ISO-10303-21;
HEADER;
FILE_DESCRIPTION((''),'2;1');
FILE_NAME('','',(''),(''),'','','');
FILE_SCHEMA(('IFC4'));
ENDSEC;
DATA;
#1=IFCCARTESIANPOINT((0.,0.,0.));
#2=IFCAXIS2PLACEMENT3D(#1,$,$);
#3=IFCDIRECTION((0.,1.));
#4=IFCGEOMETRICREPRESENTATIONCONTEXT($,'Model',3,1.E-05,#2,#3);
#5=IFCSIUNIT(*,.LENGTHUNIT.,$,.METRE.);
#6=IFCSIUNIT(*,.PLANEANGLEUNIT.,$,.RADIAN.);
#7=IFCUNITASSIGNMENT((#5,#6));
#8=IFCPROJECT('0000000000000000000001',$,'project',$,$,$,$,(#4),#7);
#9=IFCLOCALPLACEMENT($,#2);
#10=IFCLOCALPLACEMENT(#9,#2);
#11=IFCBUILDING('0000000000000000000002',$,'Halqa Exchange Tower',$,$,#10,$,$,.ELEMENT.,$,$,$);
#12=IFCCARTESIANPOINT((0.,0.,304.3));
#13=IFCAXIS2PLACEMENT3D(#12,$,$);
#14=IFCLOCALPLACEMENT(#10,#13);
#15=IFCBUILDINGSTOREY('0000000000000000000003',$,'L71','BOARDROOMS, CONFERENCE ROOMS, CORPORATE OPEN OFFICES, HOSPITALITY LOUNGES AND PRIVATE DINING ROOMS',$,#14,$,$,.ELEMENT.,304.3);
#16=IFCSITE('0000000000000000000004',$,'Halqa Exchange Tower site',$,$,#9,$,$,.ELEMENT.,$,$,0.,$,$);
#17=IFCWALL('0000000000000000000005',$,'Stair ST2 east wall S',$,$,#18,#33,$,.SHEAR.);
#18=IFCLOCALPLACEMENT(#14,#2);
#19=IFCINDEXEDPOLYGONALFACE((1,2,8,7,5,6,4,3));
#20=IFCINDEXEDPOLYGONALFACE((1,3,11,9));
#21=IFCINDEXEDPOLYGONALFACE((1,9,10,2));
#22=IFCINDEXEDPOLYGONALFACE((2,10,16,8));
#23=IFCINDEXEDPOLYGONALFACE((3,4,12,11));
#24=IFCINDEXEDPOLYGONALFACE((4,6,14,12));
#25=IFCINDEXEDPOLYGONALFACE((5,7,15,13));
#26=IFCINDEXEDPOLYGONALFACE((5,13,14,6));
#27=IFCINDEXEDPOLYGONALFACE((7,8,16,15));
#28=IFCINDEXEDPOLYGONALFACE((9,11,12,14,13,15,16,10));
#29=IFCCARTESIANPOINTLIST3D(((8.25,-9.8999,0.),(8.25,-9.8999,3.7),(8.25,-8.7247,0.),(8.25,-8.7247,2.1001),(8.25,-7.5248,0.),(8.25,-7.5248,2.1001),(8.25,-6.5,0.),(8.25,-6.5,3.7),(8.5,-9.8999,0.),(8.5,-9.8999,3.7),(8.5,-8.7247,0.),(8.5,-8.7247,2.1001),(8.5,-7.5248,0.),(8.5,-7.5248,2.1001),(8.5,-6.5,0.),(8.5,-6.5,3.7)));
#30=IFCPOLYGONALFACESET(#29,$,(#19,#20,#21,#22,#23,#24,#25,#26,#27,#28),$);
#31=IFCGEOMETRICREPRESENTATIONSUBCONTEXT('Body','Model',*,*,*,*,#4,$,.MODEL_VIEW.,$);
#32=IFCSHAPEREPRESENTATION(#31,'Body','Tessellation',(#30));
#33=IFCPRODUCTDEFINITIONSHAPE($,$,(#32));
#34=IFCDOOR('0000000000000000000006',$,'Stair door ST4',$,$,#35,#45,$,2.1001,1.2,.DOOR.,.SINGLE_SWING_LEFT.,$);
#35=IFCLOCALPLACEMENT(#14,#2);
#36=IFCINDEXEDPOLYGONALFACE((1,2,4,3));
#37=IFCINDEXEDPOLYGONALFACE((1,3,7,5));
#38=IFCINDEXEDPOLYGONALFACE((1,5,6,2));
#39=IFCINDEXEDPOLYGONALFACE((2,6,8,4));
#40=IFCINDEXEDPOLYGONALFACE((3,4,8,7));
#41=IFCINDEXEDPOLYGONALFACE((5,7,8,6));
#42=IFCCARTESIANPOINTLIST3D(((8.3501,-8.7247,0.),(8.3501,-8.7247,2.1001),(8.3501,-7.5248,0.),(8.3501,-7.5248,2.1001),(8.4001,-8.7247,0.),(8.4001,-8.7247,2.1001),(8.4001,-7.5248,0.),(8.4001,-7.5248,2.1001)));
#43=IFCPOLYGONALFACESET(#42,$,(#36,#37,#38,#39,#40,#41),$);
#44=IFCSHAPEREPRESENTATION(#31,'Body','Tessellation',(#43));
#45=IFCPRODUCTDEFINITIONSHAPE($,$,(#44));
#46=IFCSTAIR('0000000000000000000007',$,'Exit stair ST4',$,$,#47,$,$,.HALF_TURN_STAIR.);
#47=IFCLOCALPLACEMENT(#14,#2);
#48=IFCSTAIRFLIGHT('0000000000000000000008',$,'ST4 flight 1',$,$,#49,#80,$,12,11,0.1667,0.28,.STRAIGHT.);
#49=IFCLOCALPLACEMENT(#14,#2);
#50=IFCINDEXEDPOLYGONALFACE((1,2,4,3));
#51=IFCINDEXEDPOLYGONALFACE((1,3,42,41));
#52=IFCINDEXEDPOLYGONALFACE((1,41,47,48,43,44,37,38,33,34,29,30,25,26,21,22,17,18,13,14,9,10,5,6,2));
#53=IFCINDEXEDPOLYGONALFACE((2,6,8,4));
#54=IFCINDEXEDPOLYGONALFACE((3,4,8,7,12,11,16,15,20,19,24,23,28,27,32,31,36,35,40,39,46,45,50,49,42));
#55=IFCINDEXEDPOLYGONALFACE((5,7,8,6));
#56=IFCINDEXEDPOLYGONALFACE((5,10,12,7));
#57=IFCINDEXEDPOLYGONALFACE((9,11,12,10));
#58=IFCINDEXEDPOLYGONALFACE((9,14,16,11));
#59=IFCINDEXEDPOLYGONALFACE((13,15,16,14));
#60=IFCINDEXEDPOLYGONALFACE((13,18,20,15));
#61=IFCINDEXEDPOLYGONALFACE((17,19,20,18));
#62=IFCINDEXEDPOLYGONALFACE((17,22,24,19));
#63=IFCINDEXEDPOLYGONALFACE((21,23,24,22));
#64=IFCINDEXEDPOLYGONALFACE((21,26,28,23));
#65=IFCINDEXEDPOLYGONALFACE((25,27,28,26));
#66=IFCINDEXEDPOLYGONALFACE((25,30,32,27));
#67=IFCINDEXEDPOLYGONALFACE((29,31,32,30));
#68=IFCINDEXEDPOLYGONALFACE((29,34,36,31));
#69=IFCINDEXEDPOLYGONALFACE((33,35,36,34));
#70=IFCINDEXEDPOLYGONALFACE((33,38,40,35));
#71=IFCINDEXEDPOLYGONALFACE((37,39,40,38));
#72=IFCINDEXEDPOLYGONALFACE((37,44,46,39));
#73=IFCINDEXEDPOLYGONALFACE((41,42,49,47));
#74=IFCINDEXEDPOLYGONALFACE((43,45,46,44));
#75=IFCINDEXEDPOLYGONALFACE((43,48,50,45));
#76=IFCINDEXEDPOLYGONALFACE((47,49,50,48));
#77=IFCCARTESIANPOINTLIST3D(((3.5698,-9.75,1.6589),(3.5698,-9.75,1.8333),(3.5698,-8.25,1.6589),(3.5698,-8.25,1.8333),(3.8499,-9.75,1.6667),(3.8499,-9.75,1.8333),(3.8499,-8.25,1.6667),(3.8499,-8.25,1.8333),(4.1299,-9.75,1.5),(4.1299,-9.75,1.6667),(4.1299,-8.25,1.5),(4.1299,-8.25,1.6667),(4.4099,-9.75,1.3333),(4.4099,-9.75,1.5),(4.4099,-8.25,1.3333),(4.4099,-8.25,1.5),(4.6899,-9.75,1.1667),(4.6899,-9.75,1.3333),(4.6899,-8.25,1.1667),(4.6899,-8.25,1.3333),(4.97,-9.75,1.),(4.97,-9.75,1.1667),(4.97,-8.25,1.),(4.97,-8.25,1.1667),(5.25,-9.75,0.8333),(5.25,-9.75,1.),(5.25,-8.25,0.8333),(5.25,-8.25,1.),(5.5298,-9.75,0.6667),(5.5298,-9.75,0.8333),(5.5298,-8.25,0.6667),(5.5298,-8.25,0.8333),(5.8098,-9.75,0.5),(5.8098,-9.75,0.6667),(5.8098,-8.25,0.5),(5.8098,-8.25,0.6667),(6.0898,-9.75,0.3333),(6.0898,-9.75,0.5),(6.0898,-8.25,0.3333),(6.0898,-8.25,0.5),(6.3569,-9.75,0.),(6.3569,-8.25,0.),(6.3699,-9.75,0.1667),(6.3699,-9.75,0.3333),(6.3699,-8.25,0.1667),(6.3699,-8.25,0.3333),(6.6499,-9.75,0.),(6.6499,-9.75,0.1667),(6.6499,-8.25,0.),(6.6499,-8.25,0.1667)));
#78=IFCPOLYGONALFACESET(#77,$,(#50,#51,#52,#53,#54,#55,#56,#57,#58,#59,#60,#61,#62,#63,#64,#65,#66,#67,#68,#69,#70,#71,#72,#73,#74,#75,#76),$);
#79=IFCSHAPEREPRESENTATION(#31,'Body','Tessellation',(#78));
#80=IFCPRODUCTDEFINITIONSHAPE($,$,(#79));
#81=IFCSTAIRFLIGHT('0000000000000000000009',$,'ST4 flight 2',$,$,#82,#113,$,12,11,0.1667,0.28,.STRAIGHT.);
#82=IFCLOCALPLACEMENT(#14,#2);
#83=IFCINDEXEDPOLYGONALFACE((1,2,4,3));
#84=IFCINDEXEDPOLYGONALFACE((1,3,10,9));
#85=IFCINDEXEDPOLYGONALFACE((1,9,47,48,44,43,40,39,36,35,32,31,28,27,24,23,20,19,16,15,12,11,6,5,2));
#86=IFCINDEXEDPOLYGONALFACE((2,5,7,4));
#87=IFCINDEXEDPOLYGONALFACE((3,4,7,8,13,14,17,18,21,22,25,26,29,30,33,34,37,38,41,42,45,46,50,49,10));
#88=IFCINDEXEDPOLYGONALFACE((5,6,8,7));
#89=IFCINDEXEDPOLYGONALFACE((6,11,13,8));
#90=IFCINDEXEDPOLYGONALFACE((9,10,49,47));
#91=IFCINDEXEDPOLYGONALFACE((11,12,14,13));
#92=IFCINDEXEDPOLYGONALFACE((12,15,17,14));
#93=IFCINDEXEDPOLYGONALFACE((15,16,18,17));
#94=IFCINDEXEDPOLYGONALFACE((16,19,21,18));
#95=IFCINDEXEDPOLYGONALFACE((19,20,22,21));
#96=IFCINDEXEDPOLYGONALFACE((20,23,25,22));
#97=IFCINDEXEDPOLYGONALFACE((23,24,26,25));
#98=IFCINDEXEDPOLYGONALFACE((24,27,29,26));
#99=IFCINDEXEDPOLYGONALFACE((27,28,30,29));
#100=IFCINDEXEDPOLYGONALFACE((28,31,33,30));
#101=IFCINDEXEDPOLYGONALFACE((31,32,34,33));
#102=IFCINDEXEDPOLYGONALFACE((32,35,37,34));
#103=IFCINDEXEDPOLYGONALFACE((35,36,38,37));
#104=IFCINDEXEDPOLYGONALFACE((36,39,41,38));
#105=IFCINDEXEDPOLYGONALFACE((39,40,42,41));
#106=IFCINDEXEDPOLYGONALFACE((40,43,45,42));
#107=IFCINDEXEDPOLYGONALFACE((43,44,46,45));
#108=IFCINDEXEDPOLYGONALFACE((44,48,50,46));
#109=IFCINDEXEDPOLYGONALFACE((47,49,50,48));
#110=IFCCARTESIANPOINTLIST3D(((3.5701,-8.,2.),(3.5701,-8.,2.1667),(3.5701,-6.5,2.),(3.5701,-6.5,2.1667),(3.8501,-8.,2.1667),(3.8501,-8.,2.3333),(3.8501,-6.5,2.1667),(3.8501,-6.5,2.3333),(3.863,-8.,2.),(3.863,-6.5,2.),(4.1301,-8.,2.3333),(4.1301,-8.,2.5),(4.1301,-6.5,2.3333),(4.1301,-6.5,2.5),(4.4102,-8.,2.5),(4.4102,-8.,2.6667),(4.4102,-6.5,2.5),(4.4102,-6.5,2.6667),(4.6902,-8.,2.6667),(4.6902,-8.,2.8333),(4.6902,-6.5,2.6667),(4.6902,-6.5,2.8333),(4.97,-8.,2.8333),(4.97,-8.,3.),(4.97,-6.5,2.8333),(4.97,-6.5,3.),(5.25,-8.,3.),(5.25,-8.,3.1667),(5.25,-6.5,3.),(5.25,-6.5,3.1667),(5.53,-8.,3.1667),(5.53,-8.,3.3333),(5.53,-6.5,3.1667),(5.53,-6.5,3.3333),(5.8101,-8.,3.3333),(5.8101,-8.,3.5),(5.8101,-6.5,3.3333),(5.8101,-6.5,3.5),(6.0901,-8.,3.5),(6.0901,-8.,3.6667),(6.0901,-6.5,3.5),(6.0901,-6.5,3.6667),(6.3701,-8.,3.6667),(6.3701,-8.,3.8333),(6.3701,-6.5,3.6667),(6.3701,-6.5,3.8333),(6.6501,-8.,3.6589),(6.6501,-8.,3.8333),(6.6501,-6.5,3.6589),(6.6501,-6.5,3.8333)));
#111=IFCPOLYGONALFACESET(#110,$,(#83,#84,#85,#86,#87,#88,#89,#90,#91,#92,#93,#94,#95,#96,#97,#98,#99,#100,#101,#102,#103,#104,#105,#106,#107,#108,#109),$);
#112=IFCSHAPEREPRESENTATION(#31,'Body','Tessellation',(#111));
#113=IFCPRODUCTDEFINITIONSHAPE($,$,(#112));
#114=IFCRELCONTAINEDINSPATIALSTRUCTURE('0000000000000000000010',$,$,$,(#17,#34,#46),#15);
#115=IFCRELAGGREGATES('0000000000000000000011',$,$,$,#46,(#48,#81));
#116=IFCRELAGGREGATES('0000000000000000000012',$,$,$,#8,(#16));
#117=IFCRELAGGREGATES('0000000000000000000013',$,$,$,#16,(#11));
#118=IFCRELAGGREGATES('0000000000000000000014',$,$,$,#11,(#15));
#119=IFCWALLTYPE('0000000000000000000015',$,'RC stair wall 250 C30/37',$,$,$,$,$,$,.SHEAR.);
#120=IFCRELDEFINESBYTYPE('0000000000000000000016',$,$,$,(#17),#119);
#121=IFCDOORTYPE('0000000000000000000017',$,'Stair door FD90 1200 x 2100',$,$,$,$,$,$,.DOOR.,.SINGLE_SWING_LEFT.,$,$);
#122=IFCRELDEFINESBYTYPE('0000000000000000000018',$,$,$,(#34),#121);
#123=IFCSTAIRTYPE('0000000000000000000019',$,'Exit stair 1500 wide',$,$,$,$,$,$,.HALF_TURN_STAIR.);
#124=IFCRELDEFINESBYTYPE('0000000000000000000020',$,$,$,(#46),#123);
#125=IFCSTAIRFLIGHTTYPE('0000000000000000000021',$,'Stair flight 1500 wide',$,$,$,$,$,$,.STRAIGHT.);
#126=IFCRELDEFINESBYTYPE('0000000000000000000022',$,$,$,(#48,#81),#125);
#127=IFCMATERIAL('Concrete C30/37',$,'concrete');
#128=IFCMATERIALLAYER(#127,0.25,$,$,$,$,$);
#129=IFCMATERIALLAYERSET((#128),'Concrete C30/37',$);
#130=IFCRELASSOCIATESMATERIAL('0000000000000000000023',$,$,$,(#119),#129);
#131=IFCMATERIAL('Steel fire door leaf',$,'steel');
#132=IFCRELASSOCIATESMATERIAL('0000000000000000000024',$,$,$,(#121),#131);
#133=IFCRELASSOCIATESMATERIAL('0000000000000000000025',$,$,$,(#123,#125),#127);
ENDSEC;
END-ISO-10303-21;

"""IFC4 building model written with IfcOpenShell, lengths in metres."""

from ifc_helpers import new_model, si_unit, direction, frame, frame_2d, origin, place, context, subcontext, project, spatial, polyline, rectangle, outline, extrude, material, layer, layer_set, type_object, element, fill, aggregate, save


model = new_model("IFC4")

# Units and contexts
model_context = context("Model", 3, precision=1e-05, world=origin(), true_north=direction((0.0, 1.0)))
body_context = subcontext(model_context, "Body", "Model", "MODEL_VIEW")
ifc_project = project(units=[si_unit("LENGTHUNIT", "METRE"), si_unit("PLANEANGLEUNIT", "RADIAN")], contexts=[model_context])

# Site, building, storey
site_placement = place(None, origin())
site = spatial("IfcSite", under=ifc_project, at=site_placement, Name="Halqa Exchange Tower site", CompositionType="ELEMENT", RefElevation=0.0)
building_placement = place(site_placement, origin())
building = spatial("IfcBuilding", under=site, at=building_placement, Name="Halqa Exchange Tower", CompositionType="ELEMENT")
storey_placement = place(building_placement, frame((0.0, 0.0, 304.3)))
storey = spatial("IfcBuildingStorey", under=building, at=storey_placement, Name="L71", Description="BOARDROOMS, CONFERENCE ROOMS, CORPORATE OPEN OFFICES, HOSPITALITY LOUNGES AND PRIVATE DINING ROOMS", CompositionType="ELEMENT", Elevation=304.3)

# Shared definitions
ifc_material_1 = material(Name="Concrete C30/37", Category="concrete")

# Wall, opening, door
ifc_layer_1 = layer(ifc_material_1, 0.25)
ifc_layer_set_1 = layer_set([ifc_layer_1], Name="Concrete C30/37")
wall_type_1 = type_object("IfcWallType", Name="RC stair wall 250 C30/37", PredefinedType="SHEAR", material=ifc_layer_set_1)
wall_1_placement = place(storey_placement, frame((8.375, -9.8999, 0.0), z_axis=(0.0, 0.0, 1.0), x_axis=(0.0, 1.0, 0.0)))
wall_1 = element("IfcWall", 1, at=wall_1_placement, inside=storey, type_object=wall_type_1, Name="Stair ST2 east wall S", PredefinedType="SHEAR", context=body_context, shape_type="SweptSolid", body=[
    extrude(rectangle(XDim=3.3999, YDim=0.25, at=frame_2d((1.7, 0.0))), origin(), (0.0, 0.0, 1.0), 3.7),
])
opening_placement = place(wall_1_placement, frame((1.175, 0.0, 0.0)))
opening = element("IfcOpeningElement", 2, at=opening_placement, cuts=wall_1, PredefinedType="OPENING", context=body_context, shape_type="SweptSolid", body=[
    extrude(rectangle(XDim=1.2, YDim=2.1001, at=frame_2d((0.6001, 1.05))), frame((0.0, 0.137, 0.0), z_axis=(0.0, -1.0, 0.0), x_axis=(1.0, 0.0, 0.0)), (0.0, 0.0, 1.0), 0.2739),
])
ifc_material_2 = material(Name="Steel fire door leaf", Category="steel")
door_type = type_object("IfcDoorType", Name="Stair door FD90 1200 x 2100", OperationType="SINGLE_SWING_LEFT", PredefinedType="DOOR", material=ifc_material_2)
door_placement = place(opening_placement, origin())
door = element("IfcDoor", 3, at=door_placement, inside=storey, type_object=door_type, Name="Stair door ST4", OperationType="SINGLE_SWING_LEFT", OverallHeight=2.1001, OverallWidth=1.2, PredefinedType="DOOR", context=body_context, shape_type="SweptSolid", body=[
    extrude(rectangle(XDim=1.2, YDim=2.1001, at=frame_2d((0.6001, 1.05))), frame((0.0, 0.0249, 0.0), z_axis=(0.0, -1.0, 0.0), x_axis=(1.0, 0.0, 0.0)), (0.0, 0.0, 1.0), 0.05),
])
fill(opening, door)

# Stair, stair flights
stair_type = type_object("IfcStairType", Name="Exit stair 1500 wide", PredefinedType="HALF_TURN_STAIR", material=ifc_material_1)
stair_placement = place(storey_placement, origin())
stair = element("IfcStair", 4, at=stair_placement, inside=storey, type_object=stair_type, Name="Exit stair ST4", PredefinedType="HALF_TURN_STAIR")
stair_flight_type = type_object("IfcStairFlightType", Name="Stair flight 1500 wide", PredefinedType="STRAIGHT", material=ifc_material_1)
stair_flight_1_placement = place(storey_placement, frame((6.6499, -9.0, 0.0), z_axis=(0.0, 0.0, 1.0), x_axis=(-1.0, 0.0, 0.0)))
stair_flight_1 = element("IfcStairFlight", 5, at=stair_flight_1_placement, type_object=stair_flight_type, Name="ST4 flight 1", NumberOfRisers=12, NumberOfTreads=11, PredefinedType="STRAIGHT", RiserHeight=0.1667, TreadLength=0.28, context=body_context, shape_type="SweptSolid", body=[
    extrude(outline(polyline([(0.0, 0.0), (0.0, 0.1667), (0.28, 0.1667), (0.28, 0.3333), (0.5601, 0.3333), (0.5601, 0.5), (0.8401, 0.5), (0.8401, 0.6667), (1.1201, 0.6667), (1.1201, 0.8333), (1.3999, 0.8333), (1.3999, 1.0), (1.6799, 1.0), (1.6799, 1.1667), (1.96, 1.1667), (1.96, 1.3333), (2.24, 1.3333), (2.24, 1.5), (2.52, 1.5), (2.52, 1.6667), (2.8, 1.6667), (2.8, 1.8333), (3.0801, 1.8333), (3.0801, 2.0), (3.0801, 1.6589), (0.293, 0.0), (0.0, 0.0)])), frame((0.0, 0.75, 0.0), z_axis=(0.0, -1.0, 0.0), x_axis=(1.0, 0.0, 0.0)), (0.0, 0.0, 1.0), 1.5),
])
stair_flight_2_placement = place(storey_placement, frame((3.5701, -7.25, 2.0), z_axis=(0.0, 0.0, 1.0), x_axis=(1.0, 0.0, 0.0)))
stair_flight_2 = element("IfcStairFlight", 6, at=stair_flight_2_placement, type_object=stair_flight_type, Name="ST4 flight 2", NumberOfRisers=12, NumberOfTreads=11, PredefinedType="STRAIGHT", RiserHeight=0.1667, TreadLength=0.28, context=body_context, shape_type="SweptSolid", body=[
    extrude(outline(polyline([(0.0, 0.0), (0.0, 0.1667), (0.28, 0.1667), (0.28, 0.3333), (0.5601, 0.3333), (0.5601, 0.5), (0.8401, 0.5), (0.8401, 0.6667), (1.1201, 0.6667), (1.1201, 0.8333), (1.3999, 0.8333), (1.3999, 1.0), (1.6799, 1.0), (1.6799, 1.1667), (1.96, 1.1667), (1.96, 1.3333), (2.24, 1.3333), (2.24, 1.5), (2.52, 1.5), (2.52, 1.6667), (2.8, 1.6667), (2.8, 1.8333), (3.0801, 1.8333), (3.0801, 2.0), (3.0801, 1.6589), (0.293, 0.0), (0.0, 0.0)])), frame((0.0, 0.75, 0.0), z_axis=(0.0, -1.0, 0.0), x_axis=(1.0, 0.0, 0.0)), (0.0, 0.0, 1.0), 1.5),
])
aggregate(stair, [stair_flight_1, stair_flight_2])

save(model, "model.ifc")
